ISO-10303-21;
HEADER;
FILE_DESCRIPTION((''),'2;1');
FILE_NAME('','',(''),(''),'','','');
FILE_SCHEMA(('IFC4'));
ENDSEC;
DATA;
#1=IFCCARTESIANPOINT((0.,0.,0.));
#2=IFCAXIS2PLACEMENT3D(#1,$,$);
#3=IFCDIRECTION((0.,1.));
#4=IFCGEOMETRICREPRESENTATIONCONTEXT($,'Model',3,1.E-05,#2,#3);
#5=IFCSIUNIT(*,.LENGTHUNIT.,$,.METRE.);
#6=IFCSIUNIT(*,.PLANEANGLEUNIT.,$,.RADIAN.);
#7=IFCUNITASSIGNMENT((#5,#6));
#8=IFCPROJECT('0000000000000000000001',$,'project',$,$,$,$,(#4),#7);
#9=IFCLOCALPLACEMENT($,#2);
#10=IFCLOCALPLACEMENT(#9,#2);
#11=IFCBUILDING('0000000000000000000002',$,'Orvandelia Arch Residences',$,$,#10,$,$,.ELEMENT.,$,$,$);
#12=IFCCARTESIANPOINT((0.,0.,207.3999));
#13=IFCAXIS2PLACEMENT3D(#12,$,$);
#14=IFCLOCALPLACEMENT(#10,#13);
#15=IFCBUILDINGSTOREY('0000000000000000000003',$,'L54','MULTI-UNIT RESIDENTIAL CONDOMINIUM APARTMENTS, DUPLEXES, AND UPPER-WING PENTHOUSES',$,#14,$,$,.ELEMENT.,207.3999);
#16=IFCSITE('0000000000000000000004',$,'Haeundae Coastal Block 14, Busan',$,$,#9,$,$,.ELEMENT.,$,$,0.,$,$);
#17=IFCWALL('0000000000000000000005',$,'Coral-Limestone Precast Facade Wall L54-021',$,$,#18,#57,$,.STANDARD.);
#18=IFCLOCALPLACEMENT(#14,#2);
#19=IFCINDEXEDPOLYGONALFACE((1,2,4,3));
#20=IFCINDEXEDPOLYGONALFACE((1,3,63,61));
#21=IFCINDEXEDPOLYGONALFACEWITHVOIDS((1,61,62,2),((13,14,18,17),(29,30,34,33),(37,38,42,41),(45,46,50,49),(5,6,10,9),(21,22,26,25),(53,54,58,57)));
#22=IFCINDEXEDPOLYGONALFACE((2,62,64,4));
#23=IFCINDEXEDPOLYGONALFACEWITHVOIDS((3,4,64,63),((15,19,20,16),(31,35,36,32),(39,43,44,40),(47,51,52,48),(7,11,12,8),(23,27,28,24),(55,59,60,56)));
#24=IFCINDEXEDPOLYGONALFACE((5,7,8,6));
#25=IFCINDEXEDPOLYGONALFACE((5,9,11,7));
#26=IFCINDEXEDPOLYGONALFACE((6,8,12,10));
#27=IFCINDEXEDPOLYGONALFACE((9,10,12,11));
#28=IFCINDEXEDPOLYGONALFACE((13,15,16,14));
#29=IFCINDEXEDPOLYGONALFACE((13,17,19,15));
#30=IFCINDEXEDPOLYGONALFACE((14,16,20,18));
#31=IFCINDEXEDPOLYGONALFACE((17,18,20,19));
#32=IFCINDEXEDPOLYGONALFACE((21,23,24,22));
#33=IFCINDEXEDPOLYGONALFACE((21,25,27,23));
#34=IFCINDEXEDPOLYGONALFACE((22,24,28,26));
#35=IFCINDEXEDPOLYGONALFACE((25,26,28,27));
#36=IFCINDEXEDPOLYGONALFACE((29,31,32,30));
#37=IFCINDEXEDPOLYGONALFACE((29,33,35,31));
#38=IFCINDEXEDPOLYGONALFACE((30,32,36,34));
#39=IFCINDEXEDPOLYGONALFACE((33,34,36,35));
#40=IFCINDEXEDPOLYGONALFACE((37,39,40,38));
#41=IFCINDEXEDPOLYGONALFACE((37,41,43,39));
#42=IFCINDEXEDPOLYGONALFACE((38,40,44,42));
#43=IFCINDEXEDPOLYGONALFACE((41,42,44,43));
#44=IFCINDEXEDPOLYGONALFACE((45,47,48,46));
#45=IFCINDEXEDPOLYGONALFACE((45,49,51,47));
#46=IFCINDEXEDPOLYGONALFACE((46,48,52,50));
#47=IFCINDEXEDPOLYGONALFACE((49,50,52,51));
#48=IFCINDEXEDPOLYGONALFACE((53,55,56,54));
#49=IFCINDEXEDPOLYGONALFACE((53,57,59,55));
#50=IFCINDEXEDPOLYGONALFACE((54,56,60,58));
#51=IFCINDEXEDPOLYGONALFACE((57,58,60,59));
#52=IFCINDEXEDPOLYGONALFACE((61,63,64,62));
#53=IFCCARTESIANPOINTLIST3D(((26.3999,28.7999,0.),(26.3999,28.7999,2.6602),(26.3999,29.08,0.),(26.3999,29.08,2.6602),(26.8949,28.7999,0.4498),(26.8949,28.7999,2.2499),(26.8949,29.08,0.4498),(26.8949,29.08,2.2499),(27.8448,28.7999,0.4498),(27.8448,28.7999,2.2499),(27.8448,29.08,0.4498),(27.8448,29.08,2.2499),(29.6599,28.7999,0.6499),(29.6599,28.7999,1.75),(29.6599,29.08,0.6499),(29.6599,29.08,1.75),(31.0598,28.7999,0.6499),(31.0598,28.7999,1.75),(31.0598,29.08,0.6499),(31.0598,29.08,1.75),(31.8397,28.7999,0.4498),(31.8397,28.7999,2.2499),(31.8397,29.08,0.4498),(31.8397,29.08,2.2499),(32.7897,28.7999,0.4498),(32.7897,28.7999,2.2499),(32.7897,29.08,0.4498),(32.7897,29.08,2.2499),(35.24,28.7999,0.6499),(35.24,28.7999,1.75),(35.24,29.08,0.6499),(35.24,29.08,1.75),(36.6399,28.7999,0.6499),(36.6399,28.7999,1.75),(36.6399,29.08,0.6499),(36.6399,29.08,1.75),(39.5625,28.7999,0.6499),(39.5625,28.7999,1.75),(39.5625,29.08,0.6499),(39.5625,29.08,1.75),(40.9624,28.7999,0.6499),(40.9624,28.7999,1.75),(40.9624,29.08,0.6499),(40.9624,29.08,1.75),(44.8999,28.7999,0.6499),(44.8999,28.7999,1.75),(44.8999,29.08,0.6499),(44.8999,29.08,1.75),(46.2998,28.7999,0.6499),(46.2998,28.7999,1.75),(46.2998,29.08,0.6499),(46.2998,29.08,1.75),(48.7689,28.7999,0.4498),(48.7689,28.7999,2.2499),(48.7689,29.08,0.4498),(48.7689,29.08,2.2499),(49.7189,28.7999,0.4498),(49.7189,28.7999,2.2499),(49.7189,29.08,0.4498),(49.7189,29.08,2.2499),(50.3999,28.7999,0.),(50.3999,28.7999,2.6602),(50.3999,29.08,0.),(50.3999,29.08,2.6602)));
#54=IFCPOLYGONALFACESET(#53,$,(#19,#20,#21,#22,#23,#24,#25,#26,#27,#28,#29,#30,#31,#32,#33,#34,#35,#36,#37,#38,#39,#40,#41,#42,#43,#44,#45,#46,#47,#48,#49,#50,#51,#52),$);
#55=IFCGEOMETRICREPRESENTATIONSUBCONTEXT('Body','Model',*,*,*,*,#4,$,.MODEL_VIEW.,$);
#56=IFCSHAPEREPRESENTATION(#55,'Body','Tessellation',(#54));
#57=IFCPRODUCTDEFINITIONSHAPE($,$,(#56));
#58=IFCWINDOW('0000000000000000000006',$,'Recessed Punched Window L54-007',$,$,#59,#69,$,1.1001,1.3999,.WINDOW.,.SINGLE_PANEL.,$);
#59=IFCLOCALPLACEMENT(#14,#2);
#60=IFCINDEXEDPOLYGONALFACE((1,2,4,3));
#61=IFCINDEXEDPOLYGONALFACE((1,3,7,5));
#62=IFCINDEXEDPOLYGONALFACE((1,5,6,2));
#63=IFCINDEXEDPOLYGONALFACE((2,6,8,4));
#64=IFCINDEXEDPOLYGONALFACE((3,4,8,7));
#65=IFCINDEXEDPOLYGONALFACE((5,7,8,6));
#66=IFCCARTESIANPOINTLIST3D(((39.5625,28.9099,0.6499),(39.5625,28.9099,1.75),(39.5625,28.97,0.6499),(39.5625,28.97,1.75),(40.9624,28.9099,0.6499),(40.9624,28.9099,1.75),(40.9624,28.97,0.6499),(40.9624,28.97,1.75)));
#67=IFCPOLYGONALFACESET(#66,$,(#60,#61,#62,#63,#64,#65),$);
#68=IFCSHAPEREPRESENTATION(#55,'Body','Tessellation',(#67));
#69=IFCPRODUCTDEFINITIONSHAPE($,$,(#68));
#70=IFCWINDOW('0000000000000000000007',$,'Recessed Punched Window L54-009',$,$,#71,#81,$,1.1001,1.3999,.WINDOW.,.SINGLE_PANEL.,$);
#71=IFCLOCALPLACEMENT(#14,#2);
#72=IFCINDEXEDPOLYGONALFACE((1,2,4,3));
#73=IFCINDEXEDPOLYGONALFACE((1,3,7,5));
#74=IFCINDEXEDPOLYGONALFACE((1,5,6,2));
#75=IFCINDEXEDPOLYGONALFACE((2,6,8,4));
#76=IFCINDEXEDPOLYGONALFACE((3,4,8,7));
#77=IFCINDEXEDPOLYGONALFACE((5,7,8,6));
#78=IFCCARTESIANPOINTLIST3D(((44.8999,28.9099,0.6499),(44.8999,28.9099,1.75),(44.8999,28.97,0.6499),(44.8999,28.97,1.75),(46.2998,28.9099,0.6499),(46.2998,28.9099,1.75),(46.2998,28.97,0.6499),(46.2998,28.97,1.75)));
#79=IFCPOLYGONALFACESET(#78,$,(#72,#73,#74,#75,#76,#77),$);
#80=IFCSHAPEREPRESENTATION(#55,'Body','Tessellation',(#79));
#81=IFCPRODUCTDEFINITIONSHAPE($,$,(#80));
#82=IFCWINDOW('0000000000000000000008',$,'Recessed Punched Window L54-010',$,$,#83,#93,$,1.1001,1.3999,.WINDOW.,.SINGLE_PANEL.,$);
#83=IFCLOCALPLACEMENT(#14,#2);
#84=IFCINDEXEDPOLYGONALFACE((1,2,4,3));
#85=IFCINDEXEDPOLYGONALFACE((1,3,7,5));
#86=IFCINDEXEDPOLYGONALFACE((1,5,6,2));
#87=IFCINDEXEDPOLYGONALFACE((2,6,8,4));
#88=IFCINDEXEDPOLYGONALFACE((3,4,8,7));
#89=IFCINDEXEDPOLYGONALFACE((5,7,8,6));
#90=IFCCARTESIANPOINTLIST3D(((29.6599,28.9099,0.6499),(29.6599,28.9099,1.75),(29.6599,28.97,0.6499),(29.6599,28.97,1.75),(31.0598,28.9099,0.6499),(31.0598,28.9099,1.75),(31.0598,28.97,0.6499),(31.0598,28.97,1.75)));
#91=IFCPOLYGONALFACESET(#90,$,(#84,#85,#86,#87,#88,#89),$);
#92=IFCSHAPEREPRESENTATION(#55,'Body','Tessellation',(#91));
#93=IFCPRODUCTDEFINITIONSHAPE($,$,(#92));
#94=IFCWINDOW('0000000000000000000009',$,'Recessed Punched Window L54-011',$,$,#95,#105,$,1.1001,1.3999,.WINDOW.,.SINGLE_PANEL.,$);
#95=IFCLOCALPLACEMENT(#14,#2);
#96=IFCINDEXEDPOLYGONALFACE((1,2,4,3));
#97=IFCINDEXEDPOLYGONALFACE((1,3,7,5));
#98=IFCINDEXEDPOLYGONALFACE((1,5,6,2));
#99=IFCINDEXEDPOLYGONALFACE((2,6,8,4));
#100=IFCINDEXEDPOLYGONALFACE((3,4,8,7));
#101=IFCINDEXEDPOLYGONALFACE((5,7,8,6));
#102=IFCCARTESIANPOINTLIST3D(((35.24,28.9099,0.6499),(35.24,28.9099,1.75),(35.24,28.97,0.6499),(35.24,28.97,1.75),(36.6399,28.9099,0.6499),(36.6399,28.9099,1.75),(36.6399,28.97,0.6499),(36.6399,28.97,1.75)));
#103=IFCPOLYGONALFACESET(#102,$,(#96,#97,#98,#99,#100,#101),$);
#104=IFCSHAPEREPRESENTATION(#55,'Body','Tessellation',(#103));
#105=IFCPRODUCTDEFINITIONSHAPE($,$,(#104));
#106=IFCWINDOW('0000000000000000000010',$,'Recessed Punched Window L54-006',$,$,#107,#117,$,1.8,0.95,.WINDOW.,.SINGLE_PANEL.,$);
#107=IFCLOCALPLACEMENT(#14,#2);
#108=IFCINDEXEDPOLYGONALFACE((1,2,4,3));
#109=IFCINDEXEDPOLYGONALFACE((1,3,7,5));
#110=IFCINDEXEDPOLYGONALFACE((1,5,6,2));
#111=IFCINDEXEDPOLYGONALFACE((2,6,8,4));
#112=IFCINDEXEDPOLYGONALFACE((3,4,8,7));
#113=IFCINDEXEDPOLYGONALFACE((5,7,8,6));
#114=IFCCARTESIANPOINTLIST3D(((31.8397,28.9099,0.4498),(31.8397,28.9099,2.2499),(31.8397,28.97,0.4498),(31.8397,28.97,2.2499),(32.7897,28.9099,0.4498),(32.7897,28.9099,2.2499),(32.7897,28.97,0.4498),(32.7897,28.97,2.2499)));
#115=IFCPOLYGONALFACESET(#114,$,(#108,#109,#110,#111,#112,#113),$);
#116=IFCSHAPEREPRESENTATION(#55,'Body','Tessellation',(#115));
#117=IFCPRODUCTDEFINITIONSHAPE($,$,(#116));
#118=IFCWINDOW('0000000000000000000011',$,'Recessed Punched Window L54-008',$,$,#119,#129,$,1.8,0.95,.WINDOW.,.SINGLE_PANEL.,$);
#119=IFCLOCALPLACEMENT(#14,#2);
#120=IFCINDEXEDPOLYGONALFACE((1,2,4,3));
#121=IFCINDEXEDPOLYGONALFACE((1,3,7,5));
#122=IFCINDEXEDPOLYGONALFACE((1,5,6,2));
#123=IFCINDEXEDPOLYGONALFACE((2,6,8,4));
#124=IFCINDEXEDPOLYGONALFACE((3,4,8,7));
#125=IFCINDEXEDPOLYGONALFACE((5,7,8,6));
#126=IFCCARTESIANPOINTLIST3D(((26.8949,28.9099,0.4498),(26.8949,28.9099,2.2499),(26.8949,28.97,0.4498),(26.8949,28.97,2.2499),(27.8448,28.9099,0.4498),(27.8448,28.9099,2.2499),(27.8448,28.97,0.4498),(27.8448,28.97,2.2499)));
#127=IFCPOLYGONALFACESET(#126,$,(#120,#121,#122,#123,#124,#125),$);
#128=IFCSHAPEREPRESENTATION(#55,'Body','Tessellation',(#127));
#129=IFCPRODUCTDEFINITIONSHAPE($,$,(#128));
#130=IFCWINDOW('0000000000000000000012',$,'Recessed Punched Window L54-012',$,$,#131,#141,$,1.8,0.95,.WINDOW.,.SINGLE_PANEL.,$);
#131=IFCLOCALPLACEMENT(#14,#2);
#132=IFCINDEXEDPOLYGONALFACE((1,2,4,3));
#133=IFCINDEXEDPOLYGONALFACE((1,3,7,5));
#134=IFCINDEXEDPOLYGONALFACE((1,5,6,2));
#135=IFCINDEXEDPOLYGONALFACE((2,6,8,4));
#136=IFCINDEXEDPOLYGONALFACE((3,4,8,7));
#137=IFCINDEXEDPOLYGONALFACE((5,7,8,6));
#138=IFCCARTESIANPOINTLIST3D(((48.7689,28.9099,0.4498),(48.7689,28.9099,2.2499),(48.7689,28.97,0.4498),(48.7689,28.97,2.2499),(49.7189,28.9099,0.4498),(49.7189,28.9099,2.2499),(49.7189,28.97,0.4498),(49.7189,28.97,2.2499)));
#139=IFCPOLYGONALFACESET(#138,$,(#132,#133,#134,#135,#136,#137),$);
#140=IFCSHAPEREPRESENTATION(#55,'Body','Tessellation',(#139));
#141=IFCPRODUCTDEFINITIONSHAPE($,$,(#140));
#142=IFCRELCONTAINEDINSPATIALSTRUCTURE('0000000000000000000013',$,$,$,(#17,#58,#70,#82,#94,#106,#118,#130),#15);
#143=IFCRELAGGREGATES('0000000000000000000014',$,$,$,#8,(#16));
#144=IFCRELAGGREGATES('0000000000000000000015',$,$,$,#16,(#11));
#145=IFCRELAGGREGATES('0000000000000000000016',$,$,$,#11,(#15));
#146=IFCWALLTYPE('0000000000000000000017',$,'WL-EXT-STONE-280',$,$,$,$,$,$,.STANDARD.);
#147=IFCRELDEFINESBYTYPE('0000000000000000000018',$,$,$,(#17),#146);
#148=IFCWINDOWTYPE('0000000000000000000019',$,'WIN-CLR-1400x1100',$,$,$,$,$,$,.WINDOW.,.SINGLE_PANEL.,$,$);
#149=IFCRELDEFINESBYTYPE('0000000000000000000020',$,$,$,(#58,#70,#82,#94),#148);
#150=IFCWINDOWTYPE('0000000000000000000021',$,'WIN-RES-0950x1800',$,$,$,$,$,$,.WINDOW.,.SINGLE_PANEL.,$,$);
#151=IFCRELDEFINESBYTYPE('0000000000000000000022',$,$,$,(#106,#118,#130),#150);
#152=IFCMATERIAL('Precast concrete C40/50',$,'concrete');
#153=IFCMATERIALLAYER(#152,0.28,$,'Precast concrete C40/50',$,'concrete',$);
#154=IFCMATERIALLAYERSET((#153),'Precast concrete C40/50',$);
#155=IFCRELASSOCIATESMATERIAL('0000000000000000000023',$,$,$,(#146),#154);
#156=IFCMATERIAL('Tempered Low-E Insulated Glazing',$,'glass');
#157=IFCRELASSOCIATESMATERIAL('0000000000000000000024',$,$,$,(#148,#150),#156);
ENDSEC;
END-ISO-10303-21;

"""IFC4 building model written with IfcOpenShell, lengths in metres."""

from ifc_helpers import new_model, si_unit, direction, frame, frame_2d, origin, place, context, subcontext, project, spatial, rectangle, extrude, material, layer, layer_set, type_object, element, fill, save


model = new_model("IFC4")

# Units and contexts
model_context = context("Model", 3, precision=1e-05, world=origin(), true_north=direction((0.0, 1.0)))
body_context = subcontext(model_context, "Body", "Model", "MODEL_VIEW")
ifc_project = project(units=[si_unit("LENGTHUNIT", "METRE"), si_unit("PLANEANGLEUNIT", "RADIAN")], contexts=[model_context])

# Site, building, storey
site_placement = place(None, origin())
site = spatial("IfcSite", under=ifc_project, at=site_placement, Name="Haeundae Coastal Block 14, Busan", CompositionType="ELEMENT", RefElevation=0.0)
building_placement = place(site_placement, origin())
building = spatial("IfcBuilding", under=site, at=building_placement, Name="Orvandelia Arch Residences", CompositionType="ELEMENT")
storey_placement = place(building_placement, frame((0.0, 0.0, 207.3999)))
storey = spatial("IfcBuildingStorey", under=building, at=storey_placement, Name="L54", Description="MULTI-UNIT RESIDENTIAL CONDOMINIUM APARTMENTS, DUPLEXES, AND UPPER-WING PENTHOUSES", CompositionType="ELEMENT", Elevation=207.3999)

# Shared definitions
ifc_material_1 = material(Name="Precast concrete C40/50", Category="concrete")
ifc_layer_1 = layer(ifc_material_1, 0.28, Name="Precast concrete C40/50", Category="concrete")
ifc_layer_set_1 = layer_set([ifc_layer_1], Name="Precast concrete C40/50")
wall_type_1 = type_object("IfcWallType", Name="WL-EXT-STONE-280", PredefinedType="STANDARD", material=ifc_layer_set_1)

# Wall, openings, windows
wall_1_placement = place(storey_placement, frame((50.3999, 28.9399, 0.0), z_axis=(0.0, 0.0, 1.0), x_axis=(-1.0, 0.0, 0.0)))
wall_1 = element("IfcWall", 1, at=wall_1_placement, inside=storey, type_object=wall_type_1, Name="Coral-Limestone Precast Facade Wall L54-021", PredefinedType="STANDARD", context=body_context, shape_type="SweptSolid", body=[
    extrude(rectangle(XDim=24.0, YDim=0.28, at=frame_2d((12.0, 0.0))), origin(), (0.0, 0.0, 1.0), 2.6602),
])
opening_1_placement = place(wall_1_placement, frame((17.6101, 0.0, 0.45)))
opening_1 = element("IfcOpeningElement", 2, at=opening_1_placement, cuts=wall_1, PredefinedType="OPENING", context=body_context, shape_type="SweptSolid", body=[
    extrude(rectangle(XDim=0.95, YDim=1.8, at=frame_2d((0.4751, 0.8999))), frame((0.0, 0.1499, 0.0), z_axis=(0.0, -1.0, 0.0), x_axis=(1.0, 0.0, 0.0)), (0.0, 0.0, 1.0), 0.3),
])
opening_2_placement = place(wall_1_placement, frame((9.4375, 0.0, 0.6499)))
opening_2 = element("IfcOpeningElement", 3, at=opening_2_placement, cuts=wall_1, PredefinedType="OPENING", context=body_context, shape_type="SweptSolid", body=[
    extrude(rectangle(XDim=1.3999, YDim=1.1001, at=frame_2d((0.7, 0.55))), frame((0.0, 0.1499, 0.0), z_axis=(0.0, -1.0, 0.0), x_axis=(1.0, 0.0, 0.0)), (0.0, 0.0, 1.0), 0.3),
])
opening_3_placement = place(wall_1_placement, frame((22.5549, 0.0, 0.45)))
opening_3 = element("IfcOpeningElement", 4, at=opening_3_placement, cuts=wall_1, PredefinedType="OPENING", context=body_context, shape_type="SweptSolid", body=[
    extrude(rectangle(XDim=0.95, YDim=1.8, at=frame_2d((0.4751, 0.8999))), frame((0.0, 0.1499, 0.0), z_axis=(0.0, -1.0, 0.0), x_axis=(1.0, 0.0, 0.0)), (0.0, 0.0, 1.0), 0.3),
])
opening_4_placement = place(wall_1_placement, frame((4.1001, 0.0, 0.6499)))
opening_4 = element("IfcOpeningElement", 5, at=opening_4_placement, cuts=wall_1, PredefinedType="OPENING", context=body_context, shape_type="SweptSolid", body=[
    extrude(rectangle(XDim=1.3999, YDim=1.1001, at=frame_2d((0.7, 0.55))), frame((0.0, 0.1499, 0.0), z_axis=(0.0, -1.0, 0.0), x_axis=(1.0, 0.0, 0.0)), (0.0, 0.0, 1.0), 0.3),
])
opening_5_placement = place(wall_1_placement, frame((19.3401, 0.0, 0.6499)))
opening_5 = element("IfcOpeningElement", 6, at=opening_5_placement, cuts=wall_1, PredefinedType="OPENING", context=body_context, shape_type="SweptSolid", body=[
    extrude(rectangle(XDim=1.3999, YDim=1.1001, at=frame_2d((0.7, 0.55))), frame((0.0, 0.1499, 0.0), z_axis=(0.0, -1.0, 0.0), x_axis=(1.0, 0.0, 0.0)), (0.0, 0.0, 1.0), 0.3),
])
opening_6_placement = place(wall_1_placement, frame((13.76, 0.0, 0.6499)))
opening_6 = element("IfcOpeningElement", 7, at=opening_6_placement, cuts=wall_1, PredefinedType="OPENING", context=body_context, shape_type="SweptSolid", body=[
    extrude(rectangle(XDim=1.3999, YDim=1.1001, at=frame_2d((0.7, 0.55))), frame((0.0, 0.1499, 0.0), z_axis=(0.0, -1.0, 0.0), x_axis=(1.0, 0.0, 0.0)), (0.0, 0.0, 1.0), 0.3),
])
opening_7_placement = place(wall_1_placement, frame((0.6809, 0.0, 0.45)))
opening_7 = element("IfcOpeningElement", 8, at=opening_7_placement, cuts=wall_1, PredefinedType="OPENING", context=body_context, shape_type="SweptSolid", body=[
    extrude(rectangle(XDim=0.95, YDim=1.8, at=frame_2d((0.4751, 0.8999))), frame((0.0, 0.1499, 0.0), z_axis=(0.0, -1.0, 0.0), x_axis=(1.0, 0.0, 0.0)), (0.0, 0.0, 1.0), 0.3),
])
ifc_material_2 = material(Name="Tempered Low-E Insulated Glazing", Category="glass")
window_type_1 = type_object("IfcWindowType", Name="WIN-CLR-1400x1100", PartitioningType="SINGLE_PANEL", PredefinedType="WINDOW", material=ifc_material_2)
window_1_placement = place(opening_2_placement, origin())
window_1 = element("IfcWindow", 9, at=window_1_placement, inside=storey, type_object=window_type_1, Name="Recessed Punched Window L54-007", OverallHeight=1.1001, OverallWidth=1.3999, PartitioningType="SINGLE_PANEL", PredefinedType="WINDOW", context=body_context, shape_type="SweptSolid", body=[
    extrude(rectangle(XDim=1.3999, YDim=1.1001, at=frame_2d((0.7, 0.55))), frame((0.0, 0.03, 0.0), z_axis=(0.0, -1.0, 0.0), x_axis=(1.0, 0.0, 0.0)), (0.0, 0.0, 1.0), 0.0601),
])
fill(opening_2, window_1)
window_2_placement = place(opening_4_placement, origin())
window_2 = element("IfcWindow", 10, at=window_2_placement, inside=storey, type_object=window_type_1, Name="Recessed Punched Window L54-009", OverallHeight=1.1001, OverallWidth=1.3999, PartitioningType="SINGLE_PANEL", PredefinedType="WINDOW", context=body_context, shape_type="SweptSolid", body=[
    extrude(rectangle(XDim=1.3999, YDim=1.1001, at=frame_2d((0.7, 0.55))), frame((0.0, 0.03, 0.0), z_axis=(0.0, -1.0, 0.0), x_axis=(1.0, 0.0, 0.0)), (0.0, 0.0, 1.0), 0.0601),
])
fill(opening_4, window_2)
window_3_placement = place(opening_5_placement, origin())
window_3 = element("IfcWindow", 11, at=window_3_placement, inside=storey, type_object=window_type_1, Name="Recessed Punched Window L54-010", OverallHeight=1.1001, OverallWidth=1.3999, PartitioningType="SINGLE_PANEL", PredefinedType="WINDOW", context=body_context, shape_type="SweptSolid", body=[
    extrude(rectangle(XDim=1.3999, YDim=1.1001, at=frame_2d((0.7, 0.55))), frame((0.0, 0.03, 0.0), z_axis=(0.0, -1.0, 0.0), x_axis=(1.0, 0.0, 0.0)), (0.0, 0.0, 1.0), 0.0601),
])
fill(opening_5, window_3)
window_4_placement = place(opening_6_placement, origin())
window_4 = element("IfcWindow", 12, at=window_4_placement, inside=storey, type_object=window_type_1, Name="Recessed Punched Window L54-011", OverallHeight=1.1001, OverallWidth=1.3999, PartitioningType="SINGLE_PANEL", PredefinedType="WINDOW", context=body_context, shape_type="SweptSolid", body=[
    extrude(rectangle(XDim=1.3999, YDim=1.1001, at=frame_2d((0.7, 0.55))), frame((0.0, 0.03, 0.0), z_axis=(0.0, -1.0, 0.0), x_axis=(1.0, 0.0, 0.0)), (0.0, 0.0, 1.0), 0.0601),
])
fill(opening_6, window_4)
window_type_2 = type_object("IfcWindowType", Name="WIN-RES-0950x1800", PartitioningType="SINGLE_PANEL", PredefinedType="WINDOW", material=ifc_material_2)
window_5_placement = place(opening_1_placement, origin())
window_5 = element("IfcWindow", 13, at=window_5_placement, inside=storey, type_object=window_type_2, Name="Recessed Punched Window L54-006", OverallHeight=1.8, OverallWidth=0.95, PartitioningType="SINGLE_PANEL", PredefinedType="WINDOW", context=body_context, shape_type="SweptSolid", body=[
    extrude(rectangle(XDim=0.95, YDim=1.8, at=frame_2d((0.4751, 0.8999))), frame((0.0, 0.03, 0.0), z_axis=(0.0, -1.0, 0.0), x_axis=(1.0, 0.0, 0.0)), (0.0, 0.0, 1.0), 0.0601),
])
fill(opening_1, window_5)
window_6_placement = place(opening_3_placement, origin())
window_6 = element("IfcWindow", 14, at=window_6_placement, inside=storey, type_object=window_type_2, Name="Recessed Punched Window L54-008", OverallHeight=1.8, OverallWidth=0.95, PartitioningType="SINGLE_PANEL", PredefinedType="WINDOW", context=body_context, shape_type="SweptSolid", body=[
    extrude(rectangle(XDim=0.95, YDim=1.8, at=frame_2d((0.4751, 0.8999))), frame((0.0, 0.03, 0.0), z_axis=(0.0, -1.0, 0.0), x_axis=(1.0, 0.0, 0.0)), (0.0, 0.0, 1.0), 0.0601),
])
fill(opening_3, window_6)
window_7_placement = place(opening_7_placement, origin())
window_7 = element("IfcWindow", 15, at=window_7_placement, inside=storey, type_object=window_type_2, Name="Recessed Punched Window L54-012", OverallHeight=1.8, OverallWidth=0.95, PartitioningType="SINGLE_PANEL", PredefinedType="WINDOW", context=body_context, shape_type="SweptSolid", body=[
    extrude(rectangle(XDim=0.95, YDim=1.8, at=frame_2d((0.4751, 0.8999))), frame((0.0, 0.03, 0.0), z_axis=(0.0, -1.0, 0.0), x_axis=(1.0, 0.0, 0.0)), (0.0, 0.0, 1.0), 0.0601),
])
fill(opening_7, window_7)

save(model, "model.ifc")
